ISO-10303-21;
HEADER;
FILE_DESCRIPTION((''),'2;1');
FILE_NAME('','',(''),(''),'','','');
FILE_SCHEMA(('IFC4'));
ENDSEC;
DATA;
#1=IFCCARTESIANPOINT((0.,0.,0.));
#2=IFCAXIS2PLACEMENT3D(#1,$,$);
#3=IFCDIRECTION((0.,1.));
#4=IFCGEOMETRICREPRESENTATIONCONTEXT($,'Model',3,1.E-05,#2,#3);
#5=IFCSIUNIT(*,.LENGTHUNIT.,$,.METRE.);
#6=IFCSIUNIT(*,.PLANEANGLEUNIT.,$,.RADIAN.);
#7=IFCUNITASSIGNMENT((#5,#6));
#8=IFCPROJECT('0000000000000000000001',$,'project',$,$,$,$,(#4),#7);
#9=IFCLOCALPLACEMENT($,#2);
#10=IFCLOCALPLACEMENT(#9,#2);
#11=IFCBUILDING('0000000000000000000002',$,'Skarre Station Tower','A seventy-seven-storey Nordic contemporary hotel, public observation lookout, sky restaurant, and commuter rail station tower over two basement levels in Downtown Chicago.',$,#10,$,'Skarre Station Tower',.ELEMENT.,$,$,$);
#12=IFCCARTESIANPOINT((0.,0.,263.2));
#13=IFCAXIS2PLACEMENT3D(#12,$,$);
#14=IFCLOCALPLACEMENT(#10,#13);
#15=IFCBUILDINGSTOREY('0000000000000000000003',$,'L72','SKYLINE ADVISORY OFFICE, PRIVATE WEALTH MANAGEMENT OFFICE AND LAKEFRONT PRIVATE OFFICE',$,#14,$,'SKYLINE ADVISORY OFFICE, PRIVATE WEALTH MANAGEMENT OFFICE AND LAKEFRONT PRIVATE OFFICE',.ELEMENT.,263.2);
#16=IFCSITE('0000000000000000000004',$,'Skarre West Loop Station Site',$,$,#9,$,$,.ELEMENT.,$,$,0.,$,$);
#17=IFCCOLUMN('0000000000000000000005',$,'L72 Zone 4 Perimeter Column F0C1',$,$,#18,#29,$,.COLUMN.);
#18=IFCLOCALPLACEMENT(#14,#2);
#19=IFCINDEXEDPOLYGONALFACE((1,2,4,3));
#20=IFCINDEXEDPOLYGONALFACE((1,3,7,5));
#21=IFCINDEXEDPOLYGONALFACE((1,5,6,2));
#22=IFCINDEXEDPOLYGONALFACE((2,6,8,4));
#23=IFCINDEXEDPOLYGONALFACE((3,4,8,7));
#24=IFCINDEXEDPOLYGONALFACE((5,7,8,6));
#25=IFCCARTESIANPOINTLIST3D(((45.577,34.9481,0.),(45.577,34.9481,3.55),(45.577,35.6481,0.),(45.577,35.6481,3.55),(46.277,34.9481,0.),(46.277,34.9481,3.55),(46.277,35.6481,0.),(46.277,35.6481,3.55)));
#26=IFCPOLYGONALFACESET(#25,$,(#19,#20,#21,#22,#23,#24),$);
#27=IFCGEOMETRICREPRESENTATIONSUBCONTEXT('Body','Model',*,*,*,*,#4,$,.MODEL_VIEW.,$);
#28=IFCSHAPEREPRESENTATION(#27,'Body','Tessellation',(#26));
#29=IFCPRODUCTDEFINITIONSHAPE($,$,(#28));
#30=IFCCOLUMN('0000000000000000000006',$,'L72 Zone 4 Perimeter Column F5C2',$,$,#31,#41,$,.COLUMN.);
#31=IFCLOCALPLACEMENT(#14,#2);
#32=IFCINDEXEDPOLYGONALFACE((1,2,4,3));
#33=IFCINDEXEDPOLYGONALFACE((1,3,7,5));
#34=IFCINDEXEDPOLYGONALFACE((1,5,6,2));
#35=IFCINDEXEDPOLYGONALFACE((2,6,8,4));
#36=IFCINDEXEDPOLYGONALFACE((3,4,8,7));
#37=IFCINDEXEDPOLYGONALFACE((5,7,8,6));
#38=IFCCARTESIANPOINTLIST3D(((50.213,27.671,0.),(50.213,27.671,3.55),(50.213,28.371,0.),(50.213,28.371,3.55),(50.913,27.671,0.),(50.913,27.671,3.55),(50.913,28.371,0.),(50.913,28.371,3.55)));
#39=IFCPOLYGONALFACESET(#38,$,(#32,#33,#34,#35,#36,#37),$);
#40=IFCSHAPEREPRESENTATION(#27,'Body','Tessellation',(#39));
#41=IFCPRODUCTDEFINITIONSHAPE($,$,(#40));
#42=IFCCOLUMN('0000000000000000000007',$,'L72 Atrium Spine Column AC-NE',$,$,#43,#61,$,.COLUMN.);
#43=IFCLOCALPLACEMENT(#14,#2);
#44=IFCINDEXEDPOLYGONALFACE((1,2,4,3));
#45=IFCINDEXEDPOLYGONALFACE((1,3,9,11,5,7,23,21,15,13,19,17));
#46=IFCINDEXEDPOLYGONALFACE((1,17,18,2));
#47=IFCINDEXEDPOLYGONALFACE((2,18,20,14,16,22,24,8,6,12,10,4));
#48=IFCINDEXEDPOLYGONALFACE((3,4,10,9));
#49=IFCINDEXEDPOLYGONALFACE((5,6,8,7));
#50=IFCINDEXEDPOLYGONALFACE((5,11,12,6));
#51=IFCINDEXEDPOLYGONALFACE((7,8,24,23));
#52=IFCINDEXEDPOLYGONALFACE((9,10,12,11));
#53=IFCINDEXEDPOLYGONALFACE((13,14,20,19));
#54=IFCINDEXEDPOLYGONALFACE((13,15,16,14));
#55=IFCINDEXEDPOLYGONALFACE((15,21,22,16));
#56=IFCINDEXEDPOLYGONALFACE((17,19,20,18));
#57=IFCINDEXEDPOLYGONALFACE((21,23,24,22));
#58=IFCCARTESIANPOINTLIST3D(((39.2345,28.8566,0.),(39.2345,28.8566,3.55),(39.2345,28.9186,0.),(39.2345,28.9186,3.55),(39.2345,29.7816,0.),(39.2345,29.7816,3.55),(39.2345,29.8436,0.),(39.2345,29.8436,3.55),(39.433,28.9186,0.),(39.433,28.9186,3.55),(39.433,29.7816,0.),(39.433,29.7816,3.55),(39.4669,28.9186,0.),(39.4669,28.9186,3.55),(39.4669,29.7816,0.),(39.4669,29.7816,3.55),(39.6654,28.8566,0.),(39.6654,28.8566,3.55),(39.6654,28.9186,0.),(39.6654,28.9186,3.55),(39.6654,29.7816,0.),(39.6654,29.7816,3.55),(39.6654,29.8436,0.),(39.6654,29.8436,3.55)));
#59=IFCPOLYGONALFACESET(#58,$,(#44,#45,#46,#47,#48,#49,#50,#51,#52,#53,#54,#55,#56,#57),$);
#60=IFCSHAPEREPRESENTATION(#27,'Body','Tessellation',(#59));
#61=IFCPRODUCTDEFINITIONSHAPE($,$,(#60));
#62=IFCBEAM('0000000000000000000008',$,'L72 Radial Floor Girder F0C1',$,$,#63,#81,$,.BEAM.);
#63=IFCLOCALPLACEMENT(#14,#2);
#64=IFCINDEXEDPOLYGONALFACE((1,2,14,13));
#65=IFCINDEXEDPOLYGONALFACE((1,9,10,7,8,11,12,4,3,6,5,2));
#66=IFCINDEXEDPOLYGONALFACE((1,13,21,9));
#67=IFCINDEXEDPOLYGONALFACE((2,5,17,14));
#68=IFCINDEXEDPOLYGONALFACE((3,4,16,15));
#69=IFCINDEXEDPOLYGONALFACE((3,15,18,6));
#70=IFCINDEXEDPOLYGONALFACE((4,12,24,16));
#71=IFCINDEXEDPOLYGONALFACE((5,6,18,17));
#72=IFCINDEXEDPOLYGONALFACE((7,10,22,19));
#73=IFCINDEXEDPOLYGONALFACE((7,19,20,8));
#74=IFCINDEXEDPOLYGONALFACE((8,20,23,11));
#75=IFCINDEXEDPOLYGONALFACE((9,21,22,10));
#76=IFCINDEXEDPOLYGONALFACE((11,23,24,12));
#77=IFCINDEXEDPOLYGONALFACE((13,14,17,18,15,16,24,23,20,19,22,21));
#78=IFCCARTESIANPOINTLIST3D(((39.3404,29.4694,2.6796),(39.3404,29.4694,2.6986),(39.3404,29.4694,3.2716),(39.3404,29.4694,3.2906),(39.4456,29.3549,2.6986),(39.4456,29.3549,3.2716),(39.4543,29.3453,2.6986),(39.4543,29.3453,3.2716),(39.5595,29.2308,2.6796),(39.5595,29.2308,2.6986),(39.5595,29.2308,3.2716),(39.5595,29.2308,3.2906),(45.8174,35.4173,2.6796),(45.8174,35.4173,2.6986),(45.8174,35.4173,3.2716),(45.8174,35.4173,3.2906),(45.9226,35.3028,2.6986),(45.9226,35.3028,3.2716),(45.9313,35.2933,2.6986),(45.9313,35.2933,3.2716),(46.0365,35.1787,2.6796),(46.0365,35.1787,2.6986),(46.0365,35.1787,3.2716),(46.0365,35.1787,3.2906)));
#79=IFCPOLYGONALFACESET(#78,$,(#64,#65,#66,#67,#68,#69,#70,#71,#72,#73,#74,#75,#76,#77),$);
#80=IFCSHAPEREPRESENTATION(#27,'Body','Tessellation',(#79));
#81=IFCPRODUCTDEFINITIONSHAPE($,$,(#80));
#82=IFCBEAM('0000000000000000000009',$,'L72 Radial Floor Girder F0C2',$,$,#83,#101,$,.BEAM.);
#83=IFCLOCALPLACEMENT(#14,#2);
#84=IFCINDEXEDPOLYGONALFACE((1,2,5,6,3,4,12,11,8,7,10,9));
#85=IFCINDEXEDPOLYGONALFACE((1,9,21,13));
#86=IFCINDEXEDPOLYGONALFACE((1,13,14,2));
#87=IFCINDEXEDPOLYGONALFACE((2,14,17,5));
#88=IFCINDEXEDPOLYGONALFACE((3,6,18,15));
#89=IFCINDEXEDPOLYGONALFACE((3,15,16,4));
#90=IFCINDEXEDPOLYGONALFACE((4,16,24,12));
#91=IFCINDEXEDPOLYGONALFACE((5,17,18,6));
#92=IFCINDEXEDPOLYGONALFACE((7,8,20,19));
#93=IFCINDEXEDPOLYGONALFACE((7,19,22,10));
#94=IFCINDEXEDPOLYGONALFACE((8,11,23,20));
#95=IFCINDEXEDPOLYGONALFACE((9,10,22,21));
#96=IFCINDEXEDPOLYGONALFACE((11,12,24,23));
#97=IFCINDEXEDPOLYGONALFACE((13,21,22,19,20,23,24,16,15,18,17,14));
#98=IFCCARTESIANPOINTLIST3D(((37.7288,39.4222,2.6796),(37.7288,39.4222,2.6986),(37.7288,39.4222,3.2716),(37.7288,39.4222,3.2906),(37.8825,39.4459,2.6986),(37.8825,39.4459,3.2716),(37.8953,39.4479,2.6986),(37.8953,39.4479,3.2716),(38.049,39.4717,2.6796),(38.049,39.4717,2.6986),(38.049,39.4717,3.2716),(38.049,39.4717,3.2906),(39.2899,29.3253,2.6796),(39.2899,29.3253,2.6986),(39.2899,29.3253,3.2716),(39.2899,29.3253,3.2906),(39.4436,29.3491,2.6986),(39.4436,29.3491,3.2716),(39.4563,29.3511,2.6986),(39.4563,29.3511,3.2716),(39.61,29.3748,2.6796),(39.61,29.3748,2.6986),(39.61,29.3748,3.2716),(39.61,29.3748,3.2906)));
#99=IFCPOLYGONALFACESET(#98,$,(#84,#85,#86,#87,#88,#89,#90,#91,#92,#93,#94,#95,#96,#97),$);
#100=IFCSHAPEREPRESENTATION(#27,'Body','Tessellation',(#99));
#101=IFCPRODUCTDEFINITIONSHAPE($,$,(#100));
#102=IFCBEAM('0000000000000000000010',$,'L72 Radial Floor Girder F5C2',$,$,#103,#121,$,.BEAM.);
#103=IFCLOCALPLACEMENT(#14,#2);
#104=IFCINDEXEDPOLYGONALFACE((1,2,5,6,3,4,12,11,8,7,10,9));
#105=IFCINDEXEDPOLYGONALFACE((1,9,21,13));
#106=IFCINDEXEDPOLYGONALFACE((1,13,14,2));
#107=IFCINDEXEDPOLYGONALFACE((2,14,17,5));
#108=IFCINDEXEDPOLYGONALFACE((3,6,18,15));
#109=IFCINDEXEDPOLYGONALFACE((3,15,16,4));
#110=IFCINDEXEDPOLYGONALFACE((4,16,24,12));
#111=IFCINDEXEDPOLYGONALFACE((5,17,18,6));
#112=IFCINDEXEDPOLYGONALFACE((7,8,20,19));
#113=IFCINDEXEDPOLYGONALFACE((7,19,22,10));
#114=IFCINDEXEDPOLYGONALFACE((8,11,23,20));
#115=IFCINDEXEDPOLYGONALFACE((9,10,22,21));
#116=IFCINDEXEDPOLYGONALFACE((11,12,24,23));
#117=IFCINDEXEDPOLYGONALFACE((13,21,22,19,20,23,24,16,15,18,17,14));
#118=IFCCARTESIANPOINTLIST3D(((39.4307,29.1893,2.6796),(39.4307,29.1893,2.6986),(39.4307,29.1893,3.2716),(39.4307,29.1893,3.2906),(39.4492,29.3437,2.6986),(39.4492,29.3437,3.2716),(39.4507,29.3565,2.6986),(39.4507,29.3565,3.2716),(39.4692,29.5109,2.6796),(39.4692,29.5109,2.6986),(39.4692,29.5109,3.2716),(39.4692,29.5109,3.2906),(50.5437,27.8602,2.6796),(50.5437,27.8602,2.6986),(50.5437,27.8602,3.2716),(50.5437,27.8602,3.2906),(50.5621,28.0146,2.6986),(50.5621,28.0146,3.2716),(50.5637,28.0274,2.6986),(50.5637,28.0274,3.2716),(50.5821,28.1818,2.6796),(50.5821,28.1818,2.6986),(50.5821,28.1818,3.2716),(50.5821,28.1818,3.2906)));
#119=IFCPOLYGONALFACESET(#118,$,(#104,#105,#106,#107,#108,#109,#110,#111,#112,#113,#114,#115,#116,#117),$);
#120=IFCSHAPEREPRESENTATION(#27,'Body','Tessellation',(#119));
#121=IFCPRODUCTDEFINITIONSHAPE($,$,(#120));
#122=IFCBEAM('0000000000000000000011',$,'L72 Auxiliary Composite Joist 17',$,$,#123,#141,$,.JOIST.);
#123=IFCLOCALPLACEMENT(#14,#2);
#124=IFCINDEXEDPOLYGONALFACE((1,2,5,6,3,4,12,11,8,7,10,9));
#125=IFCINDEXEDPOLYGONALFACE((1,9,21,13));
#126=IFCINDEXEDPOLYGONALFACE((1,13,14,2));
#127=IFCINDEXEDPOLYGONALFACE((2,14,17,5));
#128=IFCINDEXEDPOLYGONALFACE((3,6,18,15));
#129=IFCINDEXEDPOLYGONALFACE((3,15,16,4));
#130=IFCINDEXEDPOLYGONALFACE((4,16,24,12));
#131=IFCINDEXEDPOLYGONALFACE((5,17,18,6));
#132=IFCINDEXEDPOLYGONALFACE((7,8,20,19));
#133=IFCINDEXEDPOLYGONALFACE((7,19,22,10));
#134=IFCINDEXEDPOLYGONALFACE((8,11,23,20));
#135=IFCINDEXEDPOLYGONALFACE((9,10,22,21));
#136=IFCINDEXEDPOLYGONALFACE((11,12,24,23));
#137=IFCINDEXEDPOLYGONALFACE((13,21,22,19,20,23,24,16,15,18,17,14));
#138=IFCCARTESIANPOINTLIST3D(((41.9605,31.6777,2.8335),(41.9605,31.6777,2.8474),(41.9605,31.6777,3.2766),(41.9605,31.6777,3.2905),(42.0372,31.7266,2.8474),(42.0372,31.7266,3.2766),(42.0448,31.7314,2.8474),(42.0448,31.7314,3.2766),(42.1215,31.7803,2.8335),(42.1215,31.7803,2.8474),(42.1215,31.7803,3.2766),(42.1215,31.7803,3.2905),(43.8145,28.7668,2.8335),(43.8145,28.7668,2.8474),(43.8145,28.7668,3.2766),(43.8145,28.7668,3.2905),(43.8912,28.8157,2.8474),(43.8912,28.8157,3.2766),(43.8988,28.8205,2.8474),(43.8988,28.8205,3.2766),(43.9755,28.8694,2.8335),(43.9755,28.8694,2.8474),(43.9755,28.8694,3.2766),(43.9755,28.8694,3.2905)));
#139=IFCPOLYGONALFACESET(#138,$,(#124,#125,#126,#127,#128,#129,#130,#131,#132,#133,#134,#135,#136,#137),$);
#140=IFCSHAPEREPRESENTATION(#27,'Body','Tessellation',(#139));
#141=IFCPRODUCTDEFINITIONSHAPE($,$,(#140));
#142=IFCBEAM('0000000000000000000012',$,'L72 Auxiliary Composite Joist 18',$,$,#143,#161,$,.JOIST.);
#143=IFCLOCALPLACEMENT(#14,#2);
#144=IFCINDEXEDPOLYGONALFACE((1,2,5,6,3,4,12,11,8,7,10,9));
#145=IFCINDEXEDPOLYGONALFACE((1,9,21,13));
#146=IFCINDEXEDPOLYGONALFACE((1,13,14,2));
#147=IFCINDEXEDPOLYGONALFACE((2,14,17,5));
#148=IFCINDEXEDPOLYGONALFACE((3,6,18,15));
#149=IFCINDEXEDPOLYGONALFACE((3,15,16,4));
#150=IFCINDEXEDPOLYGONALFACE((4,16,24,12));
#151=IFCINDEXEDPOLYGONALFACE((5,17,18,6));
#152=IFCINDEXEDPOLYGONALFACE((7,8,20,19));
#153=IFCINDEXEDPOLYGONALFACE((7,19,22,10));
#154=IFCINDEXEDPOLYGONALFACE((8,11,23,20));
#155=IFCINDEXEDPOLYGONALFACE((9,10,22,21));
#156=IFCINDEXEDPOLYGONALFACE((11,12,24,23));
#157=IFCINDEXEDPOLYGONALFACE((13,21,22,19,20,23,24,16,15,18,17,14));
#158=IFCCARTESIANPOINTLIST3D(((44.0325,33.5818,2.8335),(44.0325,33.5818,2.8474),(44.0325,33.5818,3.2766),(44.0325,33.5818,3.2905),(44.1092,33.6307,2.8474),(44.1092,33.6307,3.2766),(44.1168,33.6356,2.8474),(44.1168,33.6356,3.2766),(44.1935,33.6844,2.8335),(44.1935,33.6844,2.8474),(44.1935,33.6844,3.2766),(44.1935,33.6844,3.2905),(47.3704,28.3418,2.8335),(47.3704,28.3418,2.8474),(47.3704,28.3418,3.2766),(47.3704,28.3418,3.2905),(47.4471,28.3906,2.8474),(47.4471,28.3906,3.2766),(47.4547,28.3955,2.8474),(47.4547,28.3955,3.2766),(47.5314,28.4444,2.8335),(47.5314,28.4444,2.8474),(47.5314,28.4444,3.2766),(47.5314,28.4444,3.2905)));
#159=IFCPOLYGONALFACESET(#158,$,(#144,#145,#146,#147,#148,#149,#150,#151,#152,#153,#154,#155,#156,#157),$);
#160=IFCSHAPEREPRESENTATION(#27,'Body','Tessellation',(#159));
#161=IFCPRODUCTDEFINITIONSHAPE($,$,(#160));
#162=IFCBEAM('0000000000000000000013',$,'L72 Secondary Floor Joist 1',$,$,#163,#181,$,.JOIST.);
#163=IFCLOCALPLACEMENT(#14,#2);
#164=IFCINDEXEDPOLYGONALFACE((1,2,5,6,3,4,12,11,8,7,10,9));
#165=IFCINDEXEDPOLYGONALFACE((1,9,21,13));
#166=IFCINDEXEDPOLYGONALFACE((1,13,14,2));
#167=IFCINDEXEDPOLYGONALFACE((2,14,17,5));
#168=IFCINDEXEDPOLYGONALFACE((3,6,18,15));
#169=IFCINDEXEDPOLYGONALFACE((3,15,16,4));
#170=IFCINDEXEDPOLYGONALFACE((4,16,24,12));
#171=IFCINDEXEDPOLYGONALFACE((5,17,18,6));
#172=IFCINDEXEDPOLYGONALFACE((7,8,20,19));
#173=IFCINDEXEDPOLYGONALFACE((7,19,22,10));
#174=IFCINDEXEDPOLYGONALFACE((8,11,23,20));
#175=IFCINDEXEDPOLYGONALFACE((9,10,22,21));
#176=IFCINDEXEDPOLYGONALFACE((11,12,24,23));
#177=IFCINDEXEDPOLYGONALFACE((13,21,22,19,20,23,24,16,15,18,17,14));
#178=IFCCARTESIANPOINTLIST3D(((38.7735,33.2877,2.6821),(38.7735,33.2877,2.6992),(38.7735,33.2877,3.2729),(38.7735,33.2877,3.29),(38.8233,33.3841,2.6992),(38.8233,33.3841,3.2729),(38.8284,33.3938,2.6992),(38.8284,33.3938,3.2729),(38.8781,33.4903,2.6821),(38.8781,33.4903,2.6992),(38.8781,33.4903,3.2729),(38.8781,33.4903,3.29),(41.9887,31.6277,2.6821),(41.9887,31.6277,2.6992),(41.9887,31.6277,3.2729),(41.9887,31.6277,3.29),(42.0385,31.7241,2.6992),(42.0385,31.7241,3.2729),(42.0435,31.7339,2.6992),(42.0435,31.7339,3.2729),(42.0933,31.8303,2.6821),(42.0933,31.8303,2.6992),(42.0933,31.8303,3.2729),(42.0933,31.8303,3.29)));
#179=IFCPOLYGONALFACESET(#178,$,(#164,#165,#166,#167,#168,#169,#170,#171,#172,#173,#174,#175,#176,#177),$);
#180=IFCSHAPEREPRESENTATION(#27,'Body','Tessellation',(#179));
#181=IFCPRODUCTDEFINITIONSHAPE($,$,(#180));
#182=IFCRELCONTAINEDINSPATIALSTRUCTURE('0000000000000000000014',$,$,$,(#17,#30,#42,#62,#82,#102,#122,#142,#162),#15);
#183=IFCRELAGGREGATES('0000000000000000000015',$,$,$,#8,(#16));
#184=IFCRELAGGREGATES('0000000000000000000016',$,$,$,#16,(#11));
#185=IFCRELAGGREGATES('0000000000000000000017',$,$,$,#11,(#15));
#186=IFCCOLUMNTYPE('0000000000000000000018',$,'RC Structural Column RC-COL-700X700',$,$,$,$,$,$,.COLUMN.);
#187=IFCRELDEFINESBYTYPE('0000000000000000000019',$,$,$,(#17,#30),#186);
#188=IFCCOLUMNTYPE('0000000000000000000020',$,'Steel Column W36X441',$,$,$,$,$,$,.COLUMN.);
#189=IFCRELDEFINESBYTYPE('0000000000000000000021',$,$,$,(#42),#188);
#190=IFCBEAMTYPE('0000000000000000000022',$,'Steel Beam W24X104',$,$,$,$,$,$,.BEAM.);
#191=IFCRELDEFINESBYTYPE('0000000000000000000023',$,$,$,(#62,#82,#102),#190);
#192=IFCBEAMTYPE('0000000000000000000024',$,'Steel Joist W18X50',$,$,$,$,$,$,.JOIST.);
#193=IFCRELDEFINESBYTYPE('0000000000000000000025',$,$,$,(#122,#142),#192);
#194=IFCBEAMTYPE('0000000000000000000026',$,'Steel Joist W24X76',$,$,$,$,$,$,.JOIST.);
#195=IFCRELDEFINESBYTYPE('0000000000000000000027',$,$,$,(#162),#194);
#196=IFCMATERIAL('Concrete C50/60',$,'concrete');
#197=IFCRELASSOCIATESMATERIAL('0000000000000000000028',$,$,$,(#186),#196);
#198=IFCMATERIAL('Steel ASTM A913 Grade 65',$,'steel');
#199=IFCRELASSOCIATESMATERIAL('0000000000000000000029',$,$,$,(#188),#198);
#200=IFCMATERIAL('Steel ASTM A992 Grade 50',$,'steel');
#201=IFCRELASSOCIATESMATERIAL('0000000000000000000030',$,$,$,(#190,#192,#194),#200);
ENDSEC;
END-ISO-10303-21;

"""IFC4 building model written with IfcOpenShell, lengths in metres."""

from ifc_helpers import new_model, si_unit, direction, frame, origin, origin_2d, place, context, subcontext, project, spatial, rectangle, i_section, extrude, material, material_profile, profile_set, type_object, element, save


model = new_model("IFC4")

# Units and contexts
model_context = context("Model", 3, precision=1e-05, world=origin(), true_north=direction((0.0, 1.0)))
body_context = subcontext(model_context, "Body", "Model", "MODEL_VIEW")
ifc_project = project(units=[si_unit("LENGTHUNIT", "METRE"), si_unit("PLANEANGLEUNIT", "RADIAN")], contexts=[model_context])

# Site, building, storey
site_placement = place(None, origin())
site = spatial("IfcSite", under=ifc_project, at=site_placement, Name="Skarre West Loop Station Site", CompositionType="ELEMENT", RefElevation=0.0)
building_placement = place(site_placement, origin())
building = spatial("IfcBuilding", under=site, at=building_placement, Name="Skarre Station Tower", Description="A seventy-seven-storey Nordic contemporary hotel, public observation lookout, sky restaurant, and commuter rail station tower over two basement levels in Downtown Chicago.", LongName="Skarre Station Tower", CompositionType="ELEMENT")
storey_placement = place(building_placement, frame((0.0, 0.0, 263.2)))
storey = spatial("IfcBuildingStorey", under=building, at=storey_placement, Name="L72", Description="SKYLINE ADVISORY OFFICE, PRIVATE WEALTH MANAGEMENT OFFICE AND LAKEFRONT PRIVATE OFFICE", LongName="SKYLINE ADVISORY OFFICE, PRIVATE WEALTH MANAGEMENT OFFICE AND LAKEFRONT PRIVATE OFFICE", CompositionType="ELEMENT", Elevation=263.2)

# Columns
ifc_material_1 = material(Name="Concrete C50/60", Category="concrete")
ifc_material_profile_1 = material_profile(ifc_material_1, rectangle(XDim=0.7, YDim=0.7, at=origin_2d()), Name="Concrete C50/60")
ifc_profile_set_1 = profile_set([ifc_material_profile_1], Name="Concrete C50/60")
column_type_1 = type_object("IfcColumnType", Name="RC Structural Column RC-COL-700X700", PredefinedType="COLUMN", material=ifc_profile_set_1)
for number, where, z_axis, x_axis, name in (
    (1, (45.927, 35.2981, 0.0), (0.0, 0.0, 1.0), (1.0, 0.0, 0.0), "L72 Zone 4 Perimeter Column F0C1"),
    (2, (50.563, 28.021, 0.0), (0.0, 0.0, 1.0), (1.0, 0.0, 0.0), "L72 Zone 4 Perimeter Column F5C2"),
):
    element("IfcColumn", number, at=place(storey_placement, frame(where, z_axis=z_axis, x_axis=x_axis)), inside=storey, type_object=column_type_1, Name=name, PredefinedType="COLUMN", context=body_context, shape_type="SweptSolid", body=[
        extrude(rectangle(XDim=0.7, YDim=0.7, at=origin_2d()), origin(), (0.0, 0.0, 1.0), 3.55),
    ])
ifc_material_2 = material(Name="Steel ASTM A913 Grade 65", Category="steel")
ifc_material_profile_2 = material_profile(ifc_material_2, i_section(OverallWidth=0.4309, OverallDepth=0.9871, WebThickness=0.0339, FlangeThickness=0.062, at=origin_2d()), Name="Steel ASTM A913 Grade 65")
ifc_profile_set_2 = profile_set([ifc_material_profile_2], Name="Steel ASTM A913 Grade 65")
column_type_2 = type_object("IfcColumnType", Name="Steel Column W36X441", PredefinedType="COLUMN", material=ifc_profile_set_2)
column_placement = place(storey_placement, frame((39.45, 29.3501, 0.0), z_axis=(0.0, 0.0, 1.0), x_axis=(1.0, 0.0, 0.0)))
element("IfcColumn", 3, at=column_placement, inside=storey, type_object=column_type_2, Name="L72 Atrium Spine Column AC-NE", PredefinedType="COLUMN", context=body_context, shape_type="SweptSolid", body=[
    extrude(i_section(OverallWidth=0.4309, OverallDepth=0.9871, WebThickness=0.0339, FlangeThickness=0.062, at=origin_2d()), origin(), (0.0, 0.0, 1.0), 3.55),
])

# Beams
ifc_material_3 = material(Name="Steel ASTM A992 Grade 50", Category="steel")
ifc_material_profile_3 = material_profile(ifc_material_3, i_section(OverallWidth=0.324, OverallDepth=0.6111, WebThickness=0.0129, FlangeThickness=0.019, at=origin_2d()), Name="Steel ASTM A992 Grade 50")
ifc_profile_set_3 = profile_set([ifc_material_profile_3], Name="Steel ASTM A992 Grade 50")
beam_type_1 = type_object("IfcBeamType", Name="Steel Beam W24X104", PredefinedType="BEAM", material=ifc_profile_set_3)
beam_1_placement = place(storey_placement, frame((39.45, 29.3501, 2.9851), z_axis=(0.736548, 0.676386, 0.0), x_axis=(-0.676386, 0.736548, 0.0)))
element("IfcBeam", 4, at=beam_1_placement, inside=storey, type_object=beam_type_1, Name="L72 Radial Floor Girder F0C1", PredefinedType="BEAM", context=body_context, shape_type="SweptSolid", body=[
    extrude(i_section(OverallWidth=0.324, OverallDepth=0.6111, WebThickness=0.0129, FlangeThickness=0.019, at=origin_2d()), origin(), (0.0, 0.0, 1.0), 8.7937),
])
beam_2_placement = place(storey_placement, frame((39.45, 29.3501, 2.9851), z_axis=(-0.15279, 0.988259, 0.0), x_axis=(-0.988259, -0.15279, 0.0)))
element("IfcBeam", 5, at=beam_2_placement, inside=storey, type_object=beam_type_1, Name="L72 Radial Floor Girder F0C2", PredefinedType="BEAM", context=body_context, shape_type="SweptSolid", body=[
    extrude(i_section(OverallWidth=0.324, OverallDepth=0.6111, WebThickness=0.0129, FlangeThickness=0.019, at=origin_2d()), origin(), (0.0, 0.0, 1.0), 10.2168),
])
beam_3_placement = place(storey_placement, frame((39.45, 29.3501, 2.9851), z_axis=(0.992924, -0.118752, 0.0), x_axis=(0.118752, 0.992924, 0.0)))
element("IfcBeam", 6, at=beam_3_placement, inside=storey, type_object=beam_type_1, Name="L72 Radial Floor Girder F5C2", PredefinedType="BEAM", context=body_context, shape_type="SweptSolid", body=[
    extrude(i_section(OverallWidth=0.324, OverallDepth=0.6111, WebThickness=0.0129, FlangeThickness=0.019, at=origin_2d()), origin(), (0.0, 0.0, 1.0), 11.1921),
])
ifc_material_profile_4 = material_profile(ifc_material_3, i_section(OverallWidth=0.1909, OverallDepth=0.457, WebThickness=0.009, FlangeThickness=0.0139, at=origin_2d()), Name="Steel ASTM A992 Grade 50")
ifc_profile_set_4 = profile_set([ifc_material_profile_4], Name="Steel ASTM A992 Grade 50")
beam_type_2 = type_object("IfcBeamType", Name="Steel Joist W18X50", PredefinedType="JOIST", material=ifc_profile_set_4)
beam_4_placement = place(storey_placement, frame((43.895, 28.8181, 3.062), z_axis=(-0.53721, 0.843449, 0.0), x_axis=(-0.843449, -0.53721, 0.0)))
element("IfcBeam", 7, at=beam_4_placement, inside=storey, type_object=beam_type_2, Name="L72 Auxiliary Composite Joist 17", PredefinedType="JOIST", context=body_context, shape_type="SweptSolid", body=[
    extrude(i_section(OverallWidth=0.1909, OverallDepth=0.457, WebThickness=0.009, FlangeThickness=0.0139, at=origin_2d()), origin(), (0.0, 0.0, 1.0), 3.4512),
])
beam_5_placement = place(storey_placement, frame((47.4509, 28.3931, 3.062), z_axis=(-0.537259, 0.843417, 0.0), x_axis=(-0.843417, -0.537259, 0.0)))
element("IfcBeam", 8, at=beam_5_placement, inside=storey, type_object=beam_type_2, Name="L72 Auxiliary Composite Joist 18", PredefinedType="JOIST", context=body_context, shape_type="SweptSolid", body=[
    extrude(i_section(OverallWidth=0.1909, OverallDepth=0.457, WebThickness=0.009, FlangeThickness=0.0139, at=origin_2d()), origin(), (0.0, 0.0, 1.0), 6.2129),
])
ifc_material_profile_5 = material_profile(ifc_material_3, i_section(OverallWidth=0.228, OverallDepth=0.6079, WebThickness=0.011, FlangeThickness=0.0171, at=origin_2d()), Name="Steel ASTM A992 Grade 50")
ifc_profile_set_5 = profile_set([ifc_material_profile_5], Name="Steel ASTM A992 Grade 50")
beam_type_3 = type_object("IfcBeamType", Name="Steel Joist W24X76", PredefinedType="JOIST", material=ifc_profile_set_5)
beam_6_placement = place(storey_placement, frame((42.041, 31.729, 2.9861), z_axis=(-0.888563, 0.458755, 0.0), x_axis=(-0.458755, -0.888563, 0.0)))
element("IfcBeam", 9, at=beam_6_placement, inside=storey, type_object=beam_type_3, Name="L72 Secondary Floor Joist 1", PredefinedType="JOIST", context=body_context, shape_type="SweptSolid", body=[
    extrude(i_section(OverallWidth=0.228, OverallDepth=0.6079, WebThickness=0.011, FlangeThickness=0.0171, at=origin_2d()), origin(), (0.0, 0.0, 1.0), 3.6184),
])

save(model, "model.ifc")
